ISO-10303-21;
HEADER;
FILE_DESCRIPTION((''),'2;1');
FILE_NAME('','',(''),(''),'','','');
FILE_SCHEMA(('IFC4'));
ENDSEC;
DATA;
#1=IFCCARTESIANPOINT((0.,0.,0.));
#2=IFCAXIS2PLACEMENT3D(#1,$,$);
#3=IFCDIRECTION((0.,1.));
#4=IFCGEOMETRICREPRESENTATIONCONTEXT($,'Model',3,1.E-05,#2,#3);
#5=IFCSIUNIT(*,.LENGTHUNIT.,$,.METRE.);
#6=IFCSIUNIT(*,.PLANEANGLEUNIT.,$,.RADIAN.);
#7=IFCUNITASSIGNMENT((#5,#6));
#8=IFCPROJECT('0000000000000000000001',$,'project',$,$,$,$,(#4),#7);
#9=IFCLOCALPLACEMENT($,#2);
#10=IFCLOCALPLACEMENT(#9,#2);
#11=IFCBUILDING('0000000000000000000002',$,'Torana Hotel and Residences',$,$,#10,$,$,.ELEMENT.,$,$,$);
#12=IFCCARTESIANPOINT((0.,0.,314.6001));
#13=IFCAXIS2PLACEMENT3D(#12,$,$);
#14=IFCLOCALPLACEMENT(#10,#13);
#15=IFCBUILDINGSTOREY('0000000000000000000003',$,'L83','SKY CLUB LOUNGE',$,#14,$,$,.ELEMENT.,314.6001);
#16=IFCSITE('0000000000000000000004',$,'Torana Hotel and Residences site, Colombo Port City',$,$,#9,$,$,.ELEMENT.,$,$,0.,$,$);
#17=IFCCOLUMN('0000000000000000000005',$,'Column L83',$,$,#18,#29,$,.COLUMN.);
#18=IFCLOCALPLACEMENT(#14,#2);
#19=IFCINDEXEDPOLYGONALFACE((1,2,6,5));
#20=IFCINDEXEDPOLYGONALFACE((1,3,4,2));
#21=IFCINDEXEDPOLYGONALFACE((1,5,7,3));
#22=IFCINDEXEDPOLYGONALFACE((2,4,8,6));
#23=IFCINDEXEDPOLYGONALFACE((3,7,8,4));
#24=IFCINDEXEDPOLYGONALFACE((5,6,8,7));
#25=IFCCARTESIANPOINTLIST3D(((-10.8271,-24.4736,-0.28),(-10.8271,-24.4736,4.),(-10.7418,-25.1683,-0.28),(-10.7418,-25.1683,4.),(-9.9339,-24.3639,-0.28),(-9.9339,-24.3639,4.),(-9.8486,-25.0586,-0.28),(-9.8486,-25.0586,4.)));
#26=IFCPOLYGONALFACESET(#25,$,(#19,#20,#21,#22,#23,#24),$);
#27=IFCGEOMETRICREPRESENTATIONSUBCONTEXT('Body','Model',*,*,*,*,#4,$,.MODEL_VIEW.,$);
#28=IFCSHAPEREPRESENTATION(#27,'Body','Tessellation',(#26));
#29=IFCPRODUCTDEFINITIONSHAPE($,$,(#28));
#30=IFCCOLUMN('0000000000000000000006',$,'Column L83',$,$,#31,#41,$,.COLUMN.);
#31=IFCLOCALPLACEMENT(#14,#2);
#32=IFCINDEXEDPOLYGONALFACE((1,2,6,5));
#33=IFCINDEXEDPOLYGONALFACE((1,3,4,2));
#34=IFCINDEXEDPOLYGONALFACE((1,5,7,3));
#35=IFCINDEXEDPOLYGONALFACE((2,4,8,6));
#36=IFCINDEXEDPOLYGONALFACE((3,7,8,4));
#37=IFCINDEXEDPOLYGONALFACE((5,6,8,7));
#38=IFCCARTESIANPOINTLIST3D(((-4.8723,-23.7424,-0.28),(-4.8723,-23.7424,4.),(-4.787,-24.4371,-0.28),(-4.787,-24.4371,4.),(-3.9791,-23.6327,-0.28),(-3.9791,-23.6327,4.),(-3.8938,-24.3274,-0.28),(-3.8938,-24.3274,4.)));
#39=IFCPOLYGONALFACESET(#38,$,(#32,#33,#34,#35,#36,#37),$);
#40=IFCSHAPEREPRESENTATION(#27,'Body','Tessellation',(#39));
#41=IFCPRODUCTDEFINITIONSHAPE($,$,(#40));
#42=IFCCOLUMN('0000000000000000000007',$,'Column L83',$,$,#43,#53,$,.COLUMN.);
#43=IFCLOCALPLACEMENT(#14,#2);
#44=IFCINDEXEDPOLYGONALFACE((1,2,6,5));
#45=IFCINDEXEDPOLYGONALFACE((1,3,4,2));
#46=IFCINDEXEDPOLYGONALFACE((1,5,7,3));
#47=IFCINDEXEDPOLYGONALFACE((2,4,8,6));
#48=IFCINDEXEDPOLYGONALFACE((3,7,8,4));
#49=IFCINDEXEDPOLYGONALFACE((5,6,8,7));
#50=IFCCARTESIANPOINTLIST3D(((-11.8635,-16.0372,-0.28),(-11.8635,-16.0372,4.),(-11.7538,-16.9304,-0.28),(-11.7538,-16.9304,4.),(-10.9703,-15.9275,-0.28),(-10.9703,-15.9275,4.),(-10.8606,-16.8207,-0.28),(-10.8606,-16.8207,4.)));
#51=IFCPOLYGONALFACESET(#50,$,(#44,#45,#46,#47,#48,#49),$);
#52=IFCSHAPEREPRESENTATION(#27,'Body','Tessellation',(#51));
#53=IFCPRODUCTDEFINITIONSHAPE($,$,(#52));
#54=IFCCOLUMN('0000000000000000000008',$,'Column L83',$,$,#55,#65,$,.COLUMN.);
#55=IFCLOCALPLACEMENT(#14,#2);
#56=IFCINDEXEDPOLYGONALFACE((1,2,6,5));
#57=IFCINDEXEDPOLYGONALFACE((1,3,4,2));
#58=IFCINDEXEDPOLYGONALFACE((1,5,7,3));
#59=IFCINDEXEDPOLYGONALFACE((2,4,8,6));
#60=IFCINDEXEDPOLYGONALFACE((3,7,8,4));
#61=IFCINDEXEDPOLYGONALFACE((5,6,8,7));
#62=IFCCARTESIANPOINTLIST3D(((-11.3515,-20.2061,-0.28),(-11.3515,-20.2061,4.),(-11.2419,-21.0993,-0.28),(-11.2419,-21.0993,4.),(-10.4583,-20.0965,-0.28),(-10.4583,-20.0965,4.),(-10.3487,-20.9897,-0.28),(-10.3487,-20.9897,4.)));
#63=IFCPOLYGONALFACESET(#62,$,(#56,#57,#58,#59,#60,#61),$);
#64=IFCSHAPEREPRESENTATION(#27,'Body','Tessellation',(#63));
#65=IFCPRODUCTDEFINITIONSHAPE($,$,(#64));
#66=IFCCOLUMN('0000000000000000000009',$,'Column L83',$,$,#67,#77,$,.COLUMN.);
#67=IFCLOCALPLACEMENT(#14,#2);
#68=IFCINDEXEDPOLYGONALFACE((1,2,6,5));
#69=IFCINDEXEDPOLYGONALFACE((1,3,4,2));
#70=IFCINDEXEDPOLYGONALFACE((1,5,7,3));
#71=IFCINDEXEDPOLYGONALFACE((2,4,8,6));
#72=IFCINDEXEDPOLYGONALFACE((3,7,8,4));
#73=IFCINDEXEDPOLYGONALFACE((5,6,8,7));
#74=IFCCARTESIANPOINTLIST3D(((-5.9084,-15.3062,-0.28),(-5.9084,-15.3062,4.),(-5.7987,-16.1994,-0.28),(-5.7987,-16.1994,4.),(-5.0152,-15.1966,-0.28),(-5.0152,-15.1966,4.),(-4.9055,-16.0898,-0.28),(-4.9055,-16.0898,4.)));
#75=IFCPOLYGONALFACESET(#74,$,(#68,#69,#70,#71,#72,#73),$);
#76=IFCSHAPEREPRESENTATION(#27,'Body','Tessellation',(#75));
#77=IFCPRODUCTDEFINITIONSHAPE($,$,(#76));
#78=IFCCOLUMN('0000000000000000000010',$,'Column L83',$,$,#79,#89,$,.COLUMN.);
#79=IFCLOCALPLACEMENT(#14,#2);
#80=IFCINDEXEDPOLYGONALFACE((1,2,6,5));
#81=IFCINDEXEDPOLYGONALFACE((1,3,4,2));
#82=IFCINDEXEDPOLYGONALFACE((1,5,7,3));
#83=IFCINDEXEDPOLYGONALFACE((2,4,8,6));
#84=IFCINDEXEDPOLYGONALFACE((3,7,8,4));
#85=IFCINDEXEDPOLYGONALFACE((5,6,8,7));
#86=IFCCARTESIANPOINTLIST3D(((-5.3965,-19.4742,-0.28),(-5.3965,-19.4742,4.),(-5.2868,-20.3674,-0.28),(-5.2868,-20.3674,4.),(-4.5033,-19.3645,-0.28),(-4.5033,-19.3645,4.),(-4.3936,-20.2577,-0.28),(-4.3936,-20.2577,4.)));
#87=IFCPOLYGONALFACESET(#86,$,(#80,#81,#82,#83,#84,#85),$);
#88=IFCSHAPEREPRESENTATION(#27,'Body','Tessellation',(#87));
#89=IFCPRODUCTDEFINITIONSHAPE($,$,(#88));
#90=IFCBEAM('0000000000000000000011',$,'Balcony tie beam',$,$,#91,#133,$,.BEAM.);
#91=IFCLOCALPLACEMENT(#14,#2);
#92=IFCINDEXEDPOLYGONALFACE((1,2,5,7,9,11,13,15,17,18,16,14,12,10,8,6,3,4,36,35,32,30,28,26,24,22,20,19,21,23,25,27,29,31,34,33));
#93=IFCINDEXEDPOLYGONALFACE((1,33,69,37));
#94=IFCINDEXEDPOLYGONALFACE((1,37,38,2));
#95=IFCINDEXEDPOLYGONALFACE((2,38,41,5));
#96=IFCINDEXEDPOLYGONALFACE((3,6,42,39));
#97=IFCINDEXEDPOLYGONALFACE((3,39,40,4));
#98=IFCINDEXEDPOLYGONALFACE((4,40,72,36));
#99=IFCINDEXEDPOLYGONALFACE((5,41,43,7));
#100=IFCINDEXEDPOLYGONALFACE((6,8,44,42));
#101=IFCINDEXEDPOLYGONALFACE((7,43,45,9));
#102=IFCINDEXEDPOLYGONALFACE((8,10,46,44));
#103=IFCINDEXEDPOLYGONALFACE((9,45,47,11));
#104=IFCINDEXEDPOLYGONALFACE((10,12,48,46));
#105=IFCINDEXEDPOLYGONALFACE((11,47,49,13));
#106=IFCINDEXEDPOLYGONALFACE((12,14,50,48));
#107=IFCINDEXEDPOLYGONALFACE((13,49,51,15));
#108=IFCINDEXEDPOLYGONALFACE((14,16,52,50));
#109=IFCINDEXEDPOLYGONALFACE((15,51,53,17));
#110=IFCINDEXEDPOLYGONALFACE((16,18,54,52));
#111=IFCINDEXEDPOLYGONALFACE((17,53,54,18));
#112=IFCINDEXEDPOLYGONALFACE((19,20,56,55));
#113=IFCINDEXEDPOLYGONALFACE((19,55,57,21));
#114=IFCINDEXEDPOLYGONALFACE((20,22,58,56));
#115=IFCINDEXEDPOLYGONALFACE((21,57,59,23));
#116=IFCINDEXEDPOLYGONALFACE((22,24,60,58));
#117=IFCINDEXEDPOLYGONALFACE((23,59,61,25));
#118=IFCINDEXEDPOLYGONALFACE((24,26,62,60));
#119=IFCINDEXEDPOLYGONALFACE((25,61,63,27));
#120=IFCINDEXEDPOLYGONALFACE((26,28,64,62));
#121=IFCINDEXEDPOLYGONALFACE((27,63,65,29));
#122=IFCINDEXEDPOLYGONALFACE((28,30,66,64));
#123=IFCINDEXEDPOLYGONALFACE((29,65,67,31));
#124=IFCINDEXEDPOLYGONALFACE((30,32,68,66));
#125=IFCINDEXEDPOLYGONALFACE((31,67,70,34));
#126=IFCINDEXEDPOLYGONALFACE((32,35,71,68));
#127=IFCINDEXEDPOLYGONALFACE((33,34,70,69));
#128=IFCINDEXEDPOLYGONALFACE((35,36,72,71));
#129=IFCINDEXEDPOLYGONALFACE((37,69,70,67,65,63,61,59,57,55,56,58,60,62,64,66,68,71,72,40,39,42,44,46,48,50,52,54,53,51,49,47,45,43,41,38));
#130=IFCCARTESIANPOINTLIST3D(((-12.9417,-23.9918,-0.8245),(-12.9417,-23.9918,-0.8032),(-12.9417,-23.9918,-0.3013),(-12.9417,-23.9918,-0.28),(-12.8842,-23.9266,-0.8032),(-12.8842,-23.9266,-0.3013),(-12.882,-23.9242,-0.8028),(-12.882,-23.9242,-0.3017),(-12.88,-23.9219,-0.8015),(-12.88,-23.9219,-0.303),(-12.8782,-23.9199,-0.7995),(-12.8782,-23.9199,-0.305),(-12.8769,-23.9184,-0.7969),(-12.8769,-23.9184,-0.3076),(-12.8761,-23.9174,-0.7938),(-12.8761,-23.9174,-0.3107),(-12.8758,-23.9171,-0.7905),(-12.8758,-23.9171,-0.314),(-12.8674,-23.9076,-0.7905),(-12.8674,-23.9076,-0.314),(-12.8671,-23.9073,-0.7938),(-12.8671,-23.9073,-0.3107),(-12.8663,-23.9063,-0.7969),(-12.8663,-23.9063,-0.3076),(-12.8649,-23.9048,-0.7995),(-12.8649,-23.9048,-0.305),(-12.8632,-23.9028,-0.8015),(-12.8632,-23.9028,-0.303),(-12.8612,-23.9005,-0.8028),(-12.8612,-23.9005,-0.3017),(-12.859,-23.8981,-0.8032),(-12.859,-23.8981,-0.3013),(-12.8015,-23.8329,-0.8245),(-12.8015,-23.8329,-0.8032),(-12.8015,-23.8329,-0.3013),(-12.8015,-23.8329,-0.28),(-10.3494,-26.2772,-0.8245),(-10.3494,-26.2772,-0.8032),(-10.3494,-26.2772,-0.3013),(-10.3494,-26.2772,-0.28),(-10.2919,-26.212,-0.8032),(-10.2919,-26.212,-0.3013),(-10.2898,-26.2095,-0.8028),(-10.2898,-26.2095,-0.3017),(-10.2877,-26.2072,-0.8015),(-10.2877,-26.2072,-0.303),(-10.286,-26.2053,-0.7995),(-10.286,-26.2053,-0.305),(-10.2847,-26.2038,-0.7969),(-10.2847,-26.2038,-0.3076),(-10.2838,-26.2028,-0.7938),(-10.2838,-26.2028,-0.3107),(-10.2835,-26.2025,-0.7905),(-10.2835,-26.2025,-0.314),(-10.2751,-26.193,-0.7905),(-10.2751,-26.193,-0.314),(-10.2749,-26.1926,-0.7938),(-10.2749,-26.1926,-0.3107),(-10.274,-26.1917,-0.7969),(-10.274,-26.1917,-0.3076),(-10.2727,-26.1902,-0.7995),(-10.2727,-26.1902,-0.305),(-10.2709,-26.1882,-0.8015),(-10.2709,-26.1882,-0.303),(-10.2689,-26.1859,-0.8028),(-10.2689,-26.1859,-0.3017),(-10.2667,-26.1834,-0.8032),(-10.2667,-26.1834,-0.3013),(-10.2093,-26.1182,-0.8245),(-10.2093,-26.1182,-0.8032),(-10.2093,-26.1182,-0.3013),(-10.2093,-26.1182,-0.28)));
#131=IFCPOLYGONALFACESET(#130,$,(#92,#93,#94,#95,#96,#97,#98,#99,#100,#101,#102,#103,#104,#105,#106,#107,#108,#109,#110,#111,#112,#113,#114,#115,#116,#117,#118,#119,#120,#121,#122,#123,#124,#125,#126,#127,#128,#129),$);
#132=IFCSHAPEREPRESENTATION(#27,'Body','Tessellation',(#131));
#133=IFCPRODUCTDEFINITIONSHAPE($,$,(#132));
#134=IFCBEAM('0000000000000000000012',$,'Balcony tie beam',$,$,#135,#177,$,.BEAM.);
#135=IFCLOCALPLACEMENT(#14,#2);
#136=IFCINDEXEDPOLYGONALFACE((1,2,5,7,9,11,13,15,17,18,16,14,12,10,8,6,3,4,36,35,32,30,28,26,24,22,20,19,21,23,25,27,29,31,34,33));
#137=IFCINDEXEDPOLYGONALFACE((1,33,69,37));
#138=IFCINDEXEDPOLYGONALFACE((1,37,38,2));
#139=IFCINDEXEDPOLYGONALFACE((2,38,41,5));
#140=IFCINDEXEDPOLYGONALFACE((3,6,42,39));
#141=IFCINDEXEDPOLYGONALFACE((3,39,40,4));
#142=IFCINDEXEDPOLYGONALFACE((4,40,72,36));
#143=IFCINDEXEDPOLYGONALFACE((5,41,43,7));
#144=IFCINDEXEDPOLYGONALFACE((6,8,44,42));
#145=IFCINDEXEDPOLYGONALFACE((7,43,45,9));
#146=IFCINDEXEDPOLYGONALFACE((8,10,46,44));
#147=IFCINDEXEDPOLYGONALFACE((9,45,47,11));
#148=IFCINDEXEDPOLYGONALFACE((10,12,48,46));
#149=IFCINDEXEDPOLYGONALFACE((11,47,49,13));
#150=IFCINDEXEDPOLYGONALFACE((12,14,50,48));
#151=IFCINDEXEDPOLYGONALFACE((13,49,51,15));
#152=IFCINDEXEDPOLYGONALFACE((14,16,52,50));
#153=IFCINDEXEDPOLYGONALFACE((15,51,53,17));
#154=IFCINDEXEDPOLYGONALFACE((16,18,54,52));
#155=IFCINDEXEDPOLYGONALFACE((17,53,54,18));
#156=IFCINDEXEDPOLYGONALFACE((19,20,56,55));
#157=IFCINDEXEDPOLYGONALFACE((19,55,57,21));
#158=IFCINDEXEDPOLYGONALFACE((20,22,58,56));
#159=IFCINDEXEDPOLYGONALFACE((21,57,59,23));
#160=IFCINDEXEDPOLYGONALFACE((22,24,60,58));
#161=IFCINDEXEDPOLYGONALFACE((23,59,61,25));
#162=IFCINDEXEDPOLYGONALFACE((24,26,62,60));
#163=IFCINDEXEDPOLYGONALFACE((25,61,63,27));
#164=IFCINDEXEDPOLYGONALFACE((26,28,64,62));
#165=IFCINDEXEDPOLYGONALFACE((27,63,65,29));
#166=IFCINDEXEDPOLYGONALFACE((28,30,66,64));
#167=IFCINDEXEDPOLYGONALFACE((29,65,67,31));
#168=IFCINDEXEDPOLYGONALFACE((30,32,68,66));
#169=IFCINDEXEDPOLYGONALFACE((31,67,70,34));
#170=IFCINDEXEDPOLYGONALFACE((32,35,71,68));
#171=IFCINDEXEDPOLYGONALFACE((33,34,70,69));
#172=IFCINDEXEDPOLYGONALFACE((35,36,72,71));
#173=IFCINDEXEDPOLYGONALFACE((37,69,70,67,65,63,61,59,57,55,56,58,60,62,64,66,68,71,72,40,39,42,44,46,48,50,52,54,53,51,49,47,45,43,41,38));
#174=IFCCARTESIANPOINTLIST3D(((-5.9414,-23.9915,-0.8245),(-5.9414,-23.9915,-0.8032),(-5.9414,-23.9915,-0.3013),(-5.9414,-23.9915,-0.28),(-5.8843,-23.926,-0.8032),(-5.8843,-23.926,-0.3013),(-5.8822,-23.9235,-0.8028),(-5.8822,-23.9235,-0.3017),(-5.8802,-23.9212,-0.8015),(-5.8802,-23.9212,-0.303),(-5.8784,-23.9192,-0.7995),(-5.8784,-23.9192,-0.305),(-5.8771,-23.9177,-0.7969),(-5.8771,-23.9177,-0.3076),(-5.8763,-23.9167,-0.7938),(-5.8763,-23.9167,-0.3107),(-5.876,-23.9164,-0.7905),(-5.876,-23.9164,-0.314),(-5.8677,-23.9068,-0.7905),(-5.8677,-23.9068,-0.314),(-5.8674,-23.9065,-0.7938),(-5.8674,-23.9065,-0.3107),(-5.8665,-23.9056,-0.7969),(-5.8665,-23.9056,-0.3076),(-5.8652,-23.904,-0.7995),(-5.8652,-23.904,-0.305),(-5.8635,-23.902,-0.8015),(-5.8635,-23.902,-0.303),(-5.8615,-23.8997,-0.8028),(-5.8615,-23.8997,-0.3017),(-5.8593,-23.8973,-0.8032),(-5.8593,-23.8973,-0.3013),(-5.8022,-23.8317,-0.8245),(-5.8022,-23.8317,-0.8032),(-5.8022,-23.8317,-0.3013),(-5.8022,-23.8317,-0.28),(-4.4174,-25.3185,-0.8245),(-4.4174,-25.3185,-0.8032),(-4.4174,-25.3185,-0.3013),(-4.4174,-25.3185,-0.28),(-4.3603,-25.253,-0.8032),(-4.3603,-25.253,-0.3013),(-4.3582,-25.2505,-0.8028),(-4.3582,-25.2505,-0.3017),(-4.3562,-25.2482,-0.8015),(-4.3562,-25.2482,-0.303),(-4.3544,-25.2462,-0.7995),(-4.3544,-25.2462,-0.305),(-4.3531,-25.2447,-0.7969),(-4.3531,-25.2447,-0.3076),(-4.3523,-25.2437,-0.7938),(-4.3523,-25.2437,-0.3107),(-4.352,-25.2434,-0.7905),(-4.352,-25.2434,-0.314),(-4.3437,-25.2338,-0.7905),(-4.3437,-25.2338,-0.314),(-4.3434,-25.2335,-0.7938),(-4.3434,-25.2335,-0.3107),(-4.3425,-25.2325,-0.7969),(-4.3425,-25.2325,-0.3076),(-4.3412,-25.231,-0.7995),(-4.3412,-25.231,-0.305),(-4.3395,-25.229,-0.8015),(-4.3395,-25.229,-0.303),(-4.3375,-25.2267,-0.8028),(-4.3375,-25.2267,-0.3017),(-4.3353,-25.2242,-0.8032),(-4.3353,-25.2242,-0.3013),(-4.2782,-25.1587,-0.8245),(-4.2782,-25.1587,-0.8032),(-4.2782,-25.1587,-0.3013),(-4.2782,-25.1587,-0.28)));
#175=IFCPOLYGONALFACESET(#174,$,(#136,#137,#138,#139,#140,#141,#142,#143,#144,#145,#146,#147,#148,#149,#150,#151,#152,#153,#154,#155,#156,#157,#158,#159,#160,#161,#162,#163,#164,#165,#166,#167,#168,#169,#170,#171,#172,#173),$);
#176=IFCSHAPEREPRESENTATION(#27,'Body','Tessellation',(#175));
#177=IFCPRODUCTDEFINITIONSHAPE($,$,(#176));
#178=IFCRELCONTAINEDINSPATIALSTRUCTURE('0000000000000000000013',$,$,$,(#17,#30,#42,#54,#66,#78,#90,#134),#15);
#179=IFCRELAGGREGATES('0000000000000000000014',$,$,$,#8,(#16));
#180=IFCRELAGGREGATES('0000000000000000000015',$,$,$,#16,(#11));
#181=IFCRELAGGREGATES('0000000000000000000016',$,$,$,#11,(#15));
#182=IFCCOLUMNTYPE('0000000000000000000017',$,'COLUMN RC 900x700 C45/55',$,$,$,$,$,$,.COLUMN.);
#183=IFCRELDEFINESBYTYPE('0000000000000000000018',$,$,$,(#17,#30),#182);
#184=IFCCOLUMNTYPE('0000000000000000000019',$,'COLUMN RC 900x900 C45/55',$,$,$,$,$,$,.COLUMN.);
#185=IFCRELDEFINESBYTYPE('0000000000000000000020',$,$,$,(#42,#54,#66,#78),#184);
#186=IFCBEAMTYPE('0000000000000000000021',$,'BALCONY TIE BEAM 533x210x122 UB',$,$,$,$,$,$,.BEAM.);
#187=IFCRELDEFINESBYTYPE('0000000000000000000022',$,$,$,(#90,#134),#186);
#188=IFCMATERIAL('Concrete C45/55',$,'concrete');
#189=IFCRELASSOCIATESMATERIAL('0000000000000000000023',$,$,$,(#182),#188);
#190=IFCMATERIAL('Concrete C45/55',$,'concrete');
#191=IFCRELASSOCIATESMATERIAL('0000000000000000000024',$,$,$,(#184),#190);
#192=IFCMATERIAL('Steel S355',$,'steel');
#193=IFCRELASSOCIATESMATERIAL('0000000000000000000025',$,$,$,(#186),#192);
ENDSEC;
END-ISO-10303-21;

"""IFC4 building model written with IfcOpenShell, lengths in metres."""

from ifc_helpers import new_model, si_unit, direction, frame, origin, origin_2d, place, context, subcontext, project, spatial, rectangle, i_section, extrude, material, material_profile, profile_set, type_object, element, save


model = new_model("IFC4")

# Units and contexts
model_context = context("Model", 3, precision=1e-05, world=origin(), true_north=direction((0.0, 1.0)))
body_context = subcontext(model_context, "Body", "Model", "MODEL_VIEW")
ifc_project = project(units=[si_unit("LENGTHUNIT", "METRE"), si_unit("PLANEANGLEUNIT", "RADIAN")], contexts=[model_context])

# Site, building, storey
site_placement = place(None, origin())
site = spatial("IfcSite", under=ifc_project, at=site_placement, Name="Torana Hotel and Residences site, Colombo Port City", CompositionType="ELEMENT", RefElevation=0.0)
building_placement = place(site_placement, origin())
building = spatial("IfcBuilding", under=site, at=building_placement, Name="Torana Hotel and Residences", CompositionType="ELEMENT")
storey_placement = place(building_placement, frame((0.0, 0.0, 314.6001)))
storey = spatial("IfcBuildingStorey", under=building, at=storey_placement, Name="L83", Description="SKY CLUB LOUNGE", CompositionType="ELEMENT", Elevation=314.6001)

# Columns
ifc_material_1 = material(Name="Concrete C45/55", Category="concrete")
ifc_material_profile_1 = material_profile(ifc_material_1, rectangle(XDim=0.8999, YDim=0.7, at=origin_2d()), Name="RC 900x700")
ifc_profile_set_1 = profile_set([ifc_material_profile_1], Name="Concrete C45/55")
column_type_1 = type_object("IfcColumnType", Name="COLUMN RC 900x700 C45/55", PredefinedType="COLUMN", material=ifc_profile_set_1)
for number, where, z_axis, x_axis, name in (
    (1, (-10.3379, -24.7661, -0.28), (0.0, 0.0, 1.0), (0.992546, 0.121869, 0.0), "Column L83"),
    (2, (-4.3831, -24.0349, -0.28), (0.0, 0.0, 1.0), (0.992546, 0.121869, 0.0), "Column L83"),
):
    element("IfcColumn", number, at=place(storey_placement, frame(where, z_axis=z_axis, x_axis=x_axis)), inside=storey, type_object=column_type_1, Name=name, PredefinedType="COLUMN", context=body_context, shape_type="SweptSolid", body=[
        extrude(rectangle(XDim=0.8999, YDim=0.7, at=origin_2d()), origin(), (0.0, 0.0, 1.0), 4.28),
    ])
ifc_material_2 = material(Name="Concrete C45/55", Category="concrete")
ifc_material_profile_2 = material_profile(ifc_material_2, rectangle(XDim=0.8999, YDim=0.8999, at=origin_2d()), Name="RC 900x900")
ifc_profile_set_2 = profile_set([ifc_material_profile_2], Name="Concrete C45/55")
column_type_2 = type_object("IfcColumnType", Name="COLUMN RC 900x900 C45/55", PredefinedType="COLUMN", material=ifc_profile_set_2)
for number, where, z_axis, x_axis, name in (
    (3, (-11.3621, -16.429, -0.28), (0.0, 0.0, 1.0), (0.992546, 0.121869, 0.0), "Column L83"),
    (4, (-10.8501, -20.5979, -0.28), (0.0, 0.0, 1.0), (0.992546, 0.121869, 0.0), "Column L83"),
    (5, (-5.407, -15.698, -0.28), (0.0, 0.0, 1.0), (0.992546, 0.121869, 0.0), "Column L83"),
    (6, (-4.895, -19.866, -0.28), (0.0, 0.0, 1.0), (0.992546, 0.121869, 0.0), "Column L83"),
):
    element("IfcColumn", number, at=place(storey_placement, frame(where, z_axis=z_axis, x_axis=x_axis)), inside=storey, type_object=column_type_2, Name=name, PredefinedType="COLUMN", context=body_context, shape_type="SweptSolid", body=[
        extrude(rectangle(XDim=0.8999, YDim=0.8999, at=origin_2d()), origin(), (0.0, 0.0, 1.0), 4.28),
    ])

# Beams
ifc_material_3 = material(Name="Steel S355", Category="steel")
ifc_material_profile_3 = material_profile(ifc_material_3, i_section(OverallWidth=0.2119, OverallDepth=0.5444, WebThickness=0.0127, FlangeThickness=0.0212, FilletRadius=0.0127, at=origin_2d()), Name="533x210x122 UB")
ifc_profile_set_3 = profile_set([ifc_material_profile_3], Name="Steel S355")
beam_type = type_object("IfcBeamType", Name="BALCONY TIE BEAM 533x210x122 UB", PredefinedType="BEAM", material=ifc_profile_set_3)
beam_1_placement = place(storey_placement, frame((-12.8716, -23.9124, -0.5522), z_axis=(0.750112, -0.661311, 0.0), x_axis=(0.661311, 0.750112, 0.0)))
element("IfcBeam", 7, at=beam_1_placement, inside=storey, type_object=beam_type, Name="Balcony tie beam", PredefinedType="BEAM", context=body_context, shape_type="SweptSolid", body=[
    extrude(i_section(OverallWidth=0.2119, OverallDepth=0.5444, WebThickness=0.0127, FlangeThickness=0.0212, FilletRadius=0.0127, at=origin_2d()), origin(), (0.0, 0.0, 1.0), 3.4558),
])
beam_2_placement = place(storey_placement, frame((-5.8718, -23.9116, -0.5522), z_axis=(0.754176, -0.656672, 0.0), x_axis=(0.656672, 0.754176, 0.0)))
element("IfcBeam", 8, at=beam_2_placement, inside=storey, type_object=beam_type, Name="Balcony tie beam", PredefinedType="BEAM", context=body_context, shape_type="SweptSolid", body=[
    extrude(i_section(OverallWidth=0.2119, OverallDepth=0.5444, WebThickness=0.0127, FlangeThickness=0.0212, FilletRadius=0.0127, at=origin_2d()), origin(), (0.0, 0.0, 1.0), 2.0208),
])

save(model, "model.ifc")
